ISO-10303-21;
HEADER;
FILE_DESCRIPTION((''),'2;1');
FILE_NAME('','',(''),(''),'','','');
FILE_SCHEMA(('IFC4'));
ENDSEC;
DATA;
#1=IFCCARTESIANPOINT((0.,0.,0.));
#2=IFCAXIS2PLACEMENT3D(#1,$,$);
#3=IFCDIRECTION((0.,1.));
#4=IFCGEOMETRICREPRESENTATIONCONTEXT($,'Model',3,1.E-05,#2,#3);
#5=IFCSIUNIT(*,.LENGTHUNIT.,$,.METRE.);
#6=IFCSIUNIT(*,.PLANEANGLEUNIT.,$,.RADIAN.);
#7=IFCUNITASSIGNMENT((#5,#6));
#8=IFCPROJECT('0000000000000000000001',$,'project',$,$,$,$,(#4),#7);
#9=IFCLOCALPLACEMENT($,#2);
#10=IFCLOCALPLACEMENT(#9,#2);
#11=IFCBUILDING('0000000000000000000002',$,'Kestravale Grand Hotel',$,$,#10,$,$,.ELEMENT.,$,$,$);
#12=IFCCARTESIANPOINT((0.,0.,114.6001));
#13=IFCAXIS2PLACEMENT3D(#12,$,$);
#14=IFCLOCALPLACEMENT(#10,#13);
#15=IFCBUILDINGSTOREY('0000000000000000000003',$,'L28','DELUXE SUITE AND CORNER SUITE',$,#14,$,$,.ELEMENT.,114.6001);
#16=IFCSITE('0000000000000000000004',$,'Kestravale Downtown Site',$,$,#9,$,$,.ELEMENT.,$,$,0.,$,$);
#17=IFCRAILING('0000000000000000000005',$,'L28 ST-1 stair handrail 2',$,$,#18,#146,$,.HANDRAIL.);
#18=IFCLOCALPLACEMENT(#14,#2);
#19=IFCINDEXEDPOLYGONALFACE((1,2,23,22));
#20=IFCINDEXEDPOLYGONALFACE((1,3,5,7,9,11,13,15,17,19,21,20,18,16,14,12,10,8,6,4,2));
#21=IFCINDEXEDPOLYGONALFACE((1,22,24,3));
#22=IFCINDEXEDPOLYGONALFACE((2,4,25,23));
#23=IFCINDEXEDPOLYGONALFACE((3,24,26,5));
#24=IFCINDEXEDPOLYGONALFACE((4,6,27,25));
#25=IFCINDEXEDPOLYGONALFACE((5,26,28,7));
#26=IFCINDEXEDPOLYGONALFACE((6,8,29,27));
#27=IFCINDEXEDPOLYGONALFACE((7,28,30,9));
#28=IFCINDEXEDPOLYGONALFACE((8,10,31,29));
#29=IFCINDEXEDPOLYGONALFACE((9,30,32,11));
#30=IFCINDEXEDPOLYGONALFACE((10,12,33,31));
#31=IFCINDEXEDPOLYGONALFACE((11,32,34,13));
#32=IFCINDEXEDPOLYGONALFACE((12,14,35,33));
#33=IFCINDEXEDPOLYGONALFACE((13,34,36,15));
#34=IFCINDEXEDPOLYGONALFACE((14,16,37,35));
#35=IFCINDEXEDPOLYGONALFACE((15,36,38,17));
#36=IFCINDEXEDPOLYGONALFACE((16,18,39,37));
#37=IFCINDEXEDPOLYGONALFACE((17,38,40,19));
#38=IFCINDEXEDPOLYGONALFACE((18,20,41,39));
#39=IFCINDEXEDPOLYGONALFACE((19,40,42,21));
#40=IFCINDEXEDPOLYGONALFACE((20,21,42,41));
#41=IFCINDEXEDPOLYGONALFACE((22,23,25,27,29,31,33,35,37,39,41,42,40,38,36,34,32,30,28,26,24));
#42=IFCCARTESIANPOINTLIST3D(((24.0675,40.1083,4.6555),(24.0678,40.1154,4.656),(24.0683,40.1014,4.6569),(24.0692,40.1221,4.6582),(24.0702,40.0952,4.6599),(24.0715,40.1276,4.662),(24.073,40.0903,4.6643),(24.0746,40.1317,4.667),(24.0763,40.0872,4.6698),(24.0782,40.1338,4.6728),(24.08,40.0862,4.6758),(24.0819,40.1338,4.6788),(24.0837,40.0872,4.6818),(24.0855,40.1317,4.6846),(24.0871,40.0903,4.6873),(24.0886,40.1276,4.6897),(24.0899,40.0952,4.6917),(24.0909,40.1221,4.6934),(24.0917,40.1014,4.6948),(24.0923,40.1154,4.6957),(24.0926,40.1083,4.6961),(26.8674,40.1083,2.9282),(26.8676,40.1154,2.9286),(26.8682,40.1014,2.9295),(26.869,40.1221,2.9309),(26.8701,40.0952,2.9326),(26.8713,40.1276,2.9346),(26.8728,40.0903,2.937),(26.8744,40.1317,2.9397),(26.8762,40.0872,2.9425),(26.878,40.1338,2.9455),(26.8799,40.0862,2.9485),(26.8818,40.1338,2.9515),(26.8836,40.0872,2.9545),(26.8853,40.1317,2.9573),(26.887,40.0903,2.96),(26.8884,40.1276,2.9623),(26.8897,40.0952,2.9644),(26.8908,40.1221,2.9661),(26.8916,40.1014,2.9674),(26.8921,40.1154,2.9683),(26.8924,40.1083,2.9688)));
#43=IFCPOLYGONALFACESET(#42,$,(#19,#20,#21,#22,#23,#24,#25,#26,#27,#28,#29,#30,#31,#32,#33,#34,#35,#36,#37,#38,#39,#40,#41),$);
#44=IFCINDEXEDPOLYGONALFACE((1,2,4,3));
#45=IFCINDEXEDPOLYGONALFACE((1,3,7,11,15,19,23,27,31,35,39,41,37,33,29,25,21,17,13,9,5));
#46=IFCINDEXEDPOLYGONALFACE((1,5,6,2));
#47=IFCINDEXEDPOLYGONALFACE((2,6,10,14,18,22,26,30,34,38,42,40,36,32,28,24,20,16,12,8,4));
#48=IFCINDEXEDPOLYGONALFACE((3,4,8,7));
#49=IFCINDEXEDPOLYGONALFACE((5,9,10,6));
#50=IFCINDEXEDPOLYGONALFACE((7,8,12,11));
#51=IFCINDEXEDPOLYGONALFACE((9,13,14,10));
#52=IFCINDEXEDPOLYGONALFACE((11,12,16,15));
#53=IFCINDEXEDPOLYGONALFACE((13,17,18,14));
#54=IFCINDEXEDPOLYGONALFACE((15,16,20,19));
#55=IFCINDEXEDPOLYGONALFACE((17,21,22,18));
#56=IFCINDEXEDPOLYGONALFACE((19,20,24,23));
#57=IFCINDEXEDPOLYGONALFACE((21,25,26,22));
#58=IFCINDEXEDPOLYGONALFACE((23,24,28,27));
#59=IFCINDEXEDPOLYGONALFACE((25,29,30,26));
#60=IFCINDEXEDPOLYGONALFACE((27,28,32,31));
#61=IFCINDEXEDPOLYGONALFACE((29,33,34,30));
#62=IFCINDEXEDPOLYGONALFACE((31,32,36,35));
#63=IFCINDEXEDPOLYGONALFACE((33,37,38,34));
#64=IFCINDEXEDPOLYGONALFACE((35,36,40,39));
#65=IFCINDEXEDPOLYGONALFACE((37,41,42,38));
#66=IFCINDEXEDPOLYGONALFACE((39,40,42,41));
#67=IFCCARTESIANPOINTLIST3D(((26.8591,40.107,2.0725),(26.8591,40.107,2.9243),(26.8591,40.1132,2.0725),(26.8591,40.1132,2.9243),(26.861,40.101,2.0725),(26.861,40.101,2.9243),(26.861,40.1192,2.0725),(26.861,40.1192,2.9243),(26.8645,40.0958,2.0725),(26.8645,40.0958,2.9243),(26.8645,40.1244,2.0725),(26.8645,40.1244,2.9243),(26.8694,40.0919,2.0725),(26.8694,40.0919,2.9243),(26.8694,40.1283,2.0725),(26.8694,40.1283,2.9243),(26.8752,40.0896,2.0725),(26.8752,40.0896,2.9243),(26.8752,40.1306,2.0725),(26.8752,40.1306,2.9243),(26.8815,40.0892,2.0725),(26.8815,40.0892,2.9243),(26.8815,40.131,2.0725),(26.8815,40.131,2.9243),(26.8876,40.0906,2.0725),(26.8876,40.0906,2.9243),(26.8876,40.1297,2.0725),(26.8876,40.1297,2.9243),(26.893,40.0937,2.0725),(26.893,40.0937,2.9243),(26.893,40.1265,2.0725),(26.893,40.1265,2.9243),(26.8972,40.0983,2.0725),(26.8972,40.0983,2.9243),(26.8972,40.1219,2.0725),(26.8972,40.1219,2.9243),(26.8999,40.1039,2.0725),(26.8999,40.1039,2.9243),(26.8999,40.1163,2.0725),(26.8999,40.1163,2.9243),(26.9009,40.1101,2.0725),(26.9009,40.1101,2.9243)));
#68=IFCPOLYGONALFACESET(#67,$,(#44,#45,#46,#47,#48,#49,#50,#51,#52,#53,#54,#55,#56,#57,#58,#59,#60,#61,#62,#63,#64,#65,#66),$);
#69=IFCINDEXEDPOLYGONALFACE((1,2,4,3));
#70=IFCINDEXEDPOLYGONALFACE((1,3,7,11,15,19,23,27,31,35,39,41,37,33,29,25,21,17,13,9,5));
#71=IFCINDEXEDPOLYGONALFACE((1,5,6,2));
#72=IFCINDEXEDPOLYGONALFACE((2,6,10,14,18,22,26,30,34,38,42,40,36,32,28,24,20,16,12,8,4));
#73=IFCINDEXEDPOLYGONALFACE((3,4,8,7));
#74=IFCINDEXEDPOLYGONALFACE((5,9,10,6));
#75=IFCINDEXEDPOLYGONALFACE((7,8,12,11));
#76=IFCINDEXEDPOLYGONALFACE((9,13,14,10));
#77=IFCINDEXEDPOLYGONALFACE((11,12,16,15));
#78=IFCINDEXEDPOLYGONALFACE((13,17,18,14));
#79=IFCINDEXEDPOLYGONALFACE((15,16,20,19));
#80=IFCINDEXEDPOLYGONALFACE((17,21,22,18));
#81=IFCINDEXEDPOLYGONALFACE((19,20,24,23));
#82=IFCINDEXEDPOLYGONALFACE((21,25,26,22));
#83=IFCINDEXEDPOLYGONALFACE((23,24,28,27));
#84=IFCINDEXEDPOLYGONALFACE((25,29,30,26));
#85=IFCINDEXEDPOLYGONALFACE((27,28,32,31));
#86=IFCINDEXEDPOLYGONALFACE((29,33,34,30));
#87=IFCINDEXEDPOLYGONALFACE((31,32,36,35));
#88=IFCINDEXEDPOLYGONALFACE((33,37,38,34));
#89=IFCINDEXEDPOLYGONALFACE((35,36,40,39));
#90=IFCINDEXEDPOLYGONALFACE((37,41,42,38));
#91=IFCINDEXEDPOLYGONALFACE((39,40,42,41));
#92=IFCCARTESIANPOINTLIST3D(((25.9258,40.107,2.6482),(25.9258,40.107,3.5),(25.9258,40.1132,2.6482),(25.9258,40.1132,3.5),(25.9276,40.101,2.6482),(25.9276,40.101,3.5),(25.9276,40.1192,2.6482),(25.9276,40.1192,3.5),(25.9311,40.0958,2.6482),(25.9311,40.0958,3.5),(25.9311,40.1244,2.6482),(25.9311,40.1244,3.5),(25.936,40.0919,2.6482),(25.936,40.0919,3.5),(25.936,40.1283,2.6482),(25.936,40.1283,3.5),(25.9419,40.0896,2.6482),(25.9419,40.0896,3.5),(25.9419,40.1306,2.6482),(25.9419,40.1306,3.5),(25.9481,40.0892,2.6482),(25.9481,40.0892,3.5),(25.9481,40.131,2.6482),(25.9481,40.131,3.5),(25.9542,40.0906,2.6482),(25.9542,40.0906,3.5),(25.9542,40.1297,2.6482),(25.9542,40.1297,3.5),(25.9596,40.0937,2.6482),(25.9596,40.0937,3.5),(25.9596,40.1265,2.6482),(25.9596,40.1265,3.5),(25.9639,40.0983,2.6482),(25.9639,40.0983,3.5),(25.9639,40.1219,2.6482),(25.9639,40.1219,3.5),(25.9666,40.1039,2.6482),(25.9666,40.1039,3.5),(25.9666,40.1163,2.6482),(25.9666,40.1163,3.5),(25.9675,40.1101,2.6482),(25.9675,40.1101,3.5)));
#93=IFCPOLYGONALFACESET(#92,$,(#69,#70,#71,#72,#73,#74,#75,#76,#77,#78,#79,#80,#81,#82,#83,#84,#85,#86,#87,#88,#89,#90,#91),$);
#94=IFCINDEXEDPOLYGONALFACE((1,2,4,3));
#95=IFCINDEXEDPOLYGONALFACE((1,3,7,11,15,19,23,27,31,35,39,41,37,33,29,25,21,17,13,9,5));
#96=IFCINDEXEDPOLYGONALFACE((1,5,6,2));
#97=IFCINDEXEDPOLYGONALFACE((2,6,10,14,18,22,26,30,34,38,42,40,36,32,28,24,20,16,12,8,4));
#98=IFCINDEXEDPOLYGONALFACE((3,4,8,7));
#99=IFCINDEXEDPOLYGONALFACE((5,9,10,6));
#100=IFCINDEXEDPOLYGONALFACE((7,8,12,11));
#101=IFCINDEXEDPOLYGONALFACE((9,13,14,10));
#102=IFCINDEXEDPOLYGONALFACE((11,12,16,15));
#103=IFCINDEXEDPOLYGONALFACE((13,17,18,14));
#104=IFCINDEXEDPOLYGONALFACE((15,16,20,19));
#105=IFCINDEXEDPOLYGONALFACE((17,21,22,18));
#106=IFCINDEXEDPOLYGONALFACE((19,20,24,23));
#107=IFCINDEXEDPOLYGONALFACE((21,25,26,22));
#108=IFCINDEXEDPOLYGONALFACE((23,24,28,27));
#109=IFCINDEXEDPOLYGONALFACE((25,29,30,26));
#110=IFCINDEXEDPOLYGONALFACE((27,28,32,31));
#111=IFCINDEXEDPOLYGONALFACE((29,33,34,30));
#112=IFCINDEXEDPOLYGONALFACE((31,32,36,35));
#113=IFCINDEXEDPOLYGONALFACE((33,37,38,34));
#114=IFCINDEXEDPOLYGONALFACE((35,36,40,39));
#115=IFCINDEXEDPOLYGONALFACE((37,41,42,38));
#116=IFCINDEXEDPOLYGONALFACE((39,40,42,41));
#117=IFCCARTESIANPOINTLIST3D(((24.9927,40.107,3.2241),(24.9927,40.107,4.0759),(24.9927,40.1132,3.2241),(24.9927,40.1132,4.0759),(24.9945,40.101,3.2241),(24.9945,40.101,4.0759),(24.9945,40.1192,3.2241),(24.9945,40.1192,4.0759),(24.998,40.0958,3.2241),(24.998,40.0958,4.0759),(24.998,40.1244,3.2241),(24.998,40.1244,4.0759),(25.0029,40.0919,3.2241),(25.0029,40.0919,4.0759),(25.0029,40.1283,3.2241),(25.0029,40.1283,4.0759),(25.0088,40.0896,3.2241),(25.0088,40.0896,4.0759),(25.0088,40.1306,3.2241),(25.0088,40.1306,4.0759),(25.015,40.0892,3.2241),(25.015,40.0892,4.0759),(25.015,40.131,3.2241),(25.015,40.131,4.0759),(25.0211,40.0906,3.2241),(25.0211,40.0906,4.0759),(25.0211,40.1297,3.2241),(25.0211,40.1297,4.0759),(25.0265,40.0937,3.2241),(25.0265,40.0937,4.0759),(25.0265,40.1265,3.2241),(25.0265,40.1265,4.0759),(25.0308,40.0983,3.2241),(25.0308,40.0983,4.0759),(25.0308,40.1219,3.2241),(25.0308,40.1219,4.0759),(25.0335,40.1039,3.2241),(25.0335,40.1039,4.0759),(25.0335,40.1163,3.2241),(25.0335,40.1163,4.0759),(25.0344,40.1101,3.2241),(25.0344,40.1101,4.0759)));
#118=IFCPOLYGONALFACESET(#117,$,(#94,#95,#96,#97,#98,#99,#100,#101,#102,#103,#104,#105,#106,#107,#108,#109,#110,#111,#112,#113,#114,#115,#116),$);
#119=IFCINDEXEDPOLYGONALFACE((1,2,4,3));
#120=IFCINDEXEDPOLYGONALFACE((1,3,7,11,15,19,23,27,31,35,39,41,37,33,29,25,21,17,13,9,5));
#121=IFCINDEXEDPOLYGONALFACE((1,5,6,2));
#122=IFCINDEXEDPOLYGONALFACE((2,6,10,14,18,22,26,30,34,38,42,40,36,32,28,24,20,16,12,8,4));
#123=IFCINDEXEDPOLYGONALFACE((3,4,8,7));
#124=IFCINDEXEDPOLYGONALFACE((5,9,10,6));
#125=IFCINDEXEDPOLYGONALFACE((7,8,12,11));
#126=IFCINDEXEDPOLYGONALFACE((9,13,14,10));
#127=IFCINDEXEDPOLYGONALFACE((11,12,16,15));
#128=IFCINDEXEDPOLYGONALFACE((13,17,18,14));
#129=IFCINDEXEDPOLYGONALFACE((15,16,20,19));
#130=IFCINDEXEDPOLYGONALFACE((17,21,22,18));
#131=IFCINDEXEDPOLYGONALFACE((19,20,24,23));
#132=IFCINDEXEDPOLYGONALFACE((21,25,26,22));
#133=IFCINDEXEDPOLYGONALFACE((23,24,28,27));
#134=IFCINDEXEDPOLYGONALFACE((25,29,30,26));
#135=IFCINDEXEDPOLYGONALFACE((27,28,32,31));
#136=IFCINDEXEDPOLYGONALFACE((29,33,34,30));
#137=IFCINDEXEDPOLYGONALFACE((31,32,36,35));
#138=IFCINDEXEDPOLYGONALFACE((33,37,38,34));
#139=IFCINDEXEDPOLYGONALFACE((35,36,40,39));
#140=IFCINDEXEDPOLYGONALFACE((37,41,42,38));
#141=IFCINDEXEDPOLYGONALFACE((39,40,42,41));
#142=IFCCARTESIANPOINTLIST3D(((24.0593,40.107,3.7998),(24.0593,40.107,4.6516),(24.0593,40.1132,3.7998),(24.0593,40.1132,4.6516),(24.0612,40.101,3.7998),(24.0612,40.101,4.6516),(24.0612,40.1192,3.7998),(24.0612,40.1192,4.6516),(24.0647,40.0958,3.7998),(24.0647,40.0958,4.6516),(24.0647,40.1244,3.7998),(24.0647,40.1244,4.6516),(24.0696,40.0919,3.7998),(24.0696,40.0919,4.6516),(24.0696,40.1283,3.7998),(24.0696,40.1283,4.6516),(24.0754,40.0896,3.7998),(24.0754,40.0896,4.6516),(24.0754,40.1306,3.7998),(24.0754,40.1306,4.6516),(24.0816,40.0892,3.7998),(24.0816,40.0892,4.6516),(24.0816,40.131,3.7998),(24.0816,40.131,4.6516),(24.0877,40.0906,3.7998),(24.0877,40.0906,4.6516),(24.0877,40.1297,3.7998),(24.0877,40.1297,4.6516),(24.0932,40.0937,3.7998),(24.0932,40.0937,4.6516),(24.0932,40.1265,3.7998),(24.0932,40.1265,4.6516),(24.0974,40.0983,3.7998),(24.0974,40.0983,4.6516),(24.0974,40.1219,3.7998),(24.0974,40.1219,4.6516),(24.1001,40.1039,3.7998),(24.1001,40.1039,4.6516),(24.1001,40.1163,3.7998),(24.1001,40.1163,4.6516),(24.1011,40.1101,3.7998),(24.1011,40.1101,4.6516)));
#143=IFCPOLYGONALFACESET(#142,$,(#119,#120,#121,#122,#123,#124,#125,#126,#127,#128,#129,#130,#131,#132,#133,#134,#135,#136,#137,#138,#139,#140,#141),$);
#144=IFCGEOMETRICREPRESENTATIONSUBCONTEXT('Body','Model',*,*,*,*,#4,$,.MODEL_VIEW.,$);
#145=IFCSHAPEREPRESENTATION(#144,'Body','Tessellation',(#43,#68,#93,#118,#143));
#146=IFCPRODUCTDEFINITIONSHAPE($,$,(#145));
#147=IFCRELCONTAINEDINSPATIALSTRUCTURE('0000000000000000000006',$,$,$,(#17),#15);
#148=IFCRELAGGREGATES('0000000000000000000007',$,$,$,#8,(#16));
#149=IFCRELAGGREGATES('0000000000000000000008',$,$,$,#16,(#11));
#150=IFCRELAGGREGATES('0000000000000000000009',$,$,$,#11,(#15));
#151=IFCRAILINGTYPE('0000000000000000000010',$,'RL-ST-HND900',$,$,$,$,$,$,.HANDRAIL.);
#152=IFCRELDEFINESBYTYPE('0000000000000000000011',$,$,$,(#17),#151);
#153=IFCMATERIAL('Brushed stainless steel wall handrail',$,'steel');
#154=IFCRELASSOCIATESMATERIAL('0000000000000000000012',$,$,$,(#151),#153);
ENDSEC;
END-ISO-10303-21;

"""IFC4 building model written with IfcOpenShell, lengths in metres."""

from ifc_helpers import new_model, si_unit, direction, frame, origin, origin_2d, place, context, subcontext, project, spatial, circle, extrude, material, type_object, element, save


model = new_model("IFC4")

# Units and contexts
model_context = context("Model", 3, precision=1e-05, world=origin(), true_north=direction((0.0, 1.0)))
body_context = subcontext(model_context, "Body", "Model", "MODEL_VIEW")
ifc_project = project(units=[si_unit("LENGTHUNIT", "METRE"), si_unit("PLANEANGLEUNIT", "RADIAN")], contexts=[model_context])

# Site, building, storey
site_placement = place(None, origin())
site = spatial("IfcSite", under=ifc_project, at=site_placement, Name="Kestravale Downtown Site", CompositionType="ELEMENT", RefElevation=0.0)
building_placement = place(site_placement, origin())
building = spatial("IfcBuilding", under=site, at=building_placement, Name="Kestravale Grand Hotel", CompositionType="ELEMENT")
storey_placement = place(building_placement, frame((0.0, 0.0, 114.6001)))
storey = spatial("IfcBuildingStorey", under=building, at=storey_placement, Name="L28", Description="DELUXE SUITE AND CORNER SUITE", CompositionType="ELEMENT", Elevation=114.6001)

# Railing
ifc_material_1 = material(Name="Brushed stainless steel wall handrail", Category="steel")
railing_type_1 = type_object("IfcRailingType", Name="RL-ST-HND900", PredefinedType="HANDRAIL", material=ifc_material_1)
railing_1_placement = place(storey_placement, frame((26.8799, 40.1101, 2.0725)))
element("IfcRailing", 1, at=railing_1_placement, inside=storey, type_object=railing_type_1, Name="L28 ST-1 stair handrail 2", PredefinedType="HANDRAIL", context=body_context, shape_type="SweptSolid", body=[
    extrude(circle(Radius=0.0239, at=origin_2d()), frame((0.0, 0.0, 0.876), z_axis=(-0.851069, 0.0, 0.525054), x_axis=(0.0, -1.0, 0.0)), (0.0, 0.0, 1.0), 3.2898),
    extrude(circle(Radius=0.021, at=origin_2d()), origin(), (0.0, 0.0, 1.0), 0.8518),
    extrude(circle(Radius=0.021, at=origin_2d()), frame((-0.9333, 0.0, 0.5757)), (0.0, 0.0, 1.0), 0.8518),
    extrude(circle(Radius=0.021, at=origin_2d()), frame((-1.8665, 0.0, 1.1516)), (0.0, 0.0, 1.0), 0.8518),
    extrude(circle(Radius=0.021, at=origin_2d()), frame((-2.7998, 0.0, 1.7273)), (0.0, 0.0, 1.0), 0.8518),
])

save(model, "model.ifc")
